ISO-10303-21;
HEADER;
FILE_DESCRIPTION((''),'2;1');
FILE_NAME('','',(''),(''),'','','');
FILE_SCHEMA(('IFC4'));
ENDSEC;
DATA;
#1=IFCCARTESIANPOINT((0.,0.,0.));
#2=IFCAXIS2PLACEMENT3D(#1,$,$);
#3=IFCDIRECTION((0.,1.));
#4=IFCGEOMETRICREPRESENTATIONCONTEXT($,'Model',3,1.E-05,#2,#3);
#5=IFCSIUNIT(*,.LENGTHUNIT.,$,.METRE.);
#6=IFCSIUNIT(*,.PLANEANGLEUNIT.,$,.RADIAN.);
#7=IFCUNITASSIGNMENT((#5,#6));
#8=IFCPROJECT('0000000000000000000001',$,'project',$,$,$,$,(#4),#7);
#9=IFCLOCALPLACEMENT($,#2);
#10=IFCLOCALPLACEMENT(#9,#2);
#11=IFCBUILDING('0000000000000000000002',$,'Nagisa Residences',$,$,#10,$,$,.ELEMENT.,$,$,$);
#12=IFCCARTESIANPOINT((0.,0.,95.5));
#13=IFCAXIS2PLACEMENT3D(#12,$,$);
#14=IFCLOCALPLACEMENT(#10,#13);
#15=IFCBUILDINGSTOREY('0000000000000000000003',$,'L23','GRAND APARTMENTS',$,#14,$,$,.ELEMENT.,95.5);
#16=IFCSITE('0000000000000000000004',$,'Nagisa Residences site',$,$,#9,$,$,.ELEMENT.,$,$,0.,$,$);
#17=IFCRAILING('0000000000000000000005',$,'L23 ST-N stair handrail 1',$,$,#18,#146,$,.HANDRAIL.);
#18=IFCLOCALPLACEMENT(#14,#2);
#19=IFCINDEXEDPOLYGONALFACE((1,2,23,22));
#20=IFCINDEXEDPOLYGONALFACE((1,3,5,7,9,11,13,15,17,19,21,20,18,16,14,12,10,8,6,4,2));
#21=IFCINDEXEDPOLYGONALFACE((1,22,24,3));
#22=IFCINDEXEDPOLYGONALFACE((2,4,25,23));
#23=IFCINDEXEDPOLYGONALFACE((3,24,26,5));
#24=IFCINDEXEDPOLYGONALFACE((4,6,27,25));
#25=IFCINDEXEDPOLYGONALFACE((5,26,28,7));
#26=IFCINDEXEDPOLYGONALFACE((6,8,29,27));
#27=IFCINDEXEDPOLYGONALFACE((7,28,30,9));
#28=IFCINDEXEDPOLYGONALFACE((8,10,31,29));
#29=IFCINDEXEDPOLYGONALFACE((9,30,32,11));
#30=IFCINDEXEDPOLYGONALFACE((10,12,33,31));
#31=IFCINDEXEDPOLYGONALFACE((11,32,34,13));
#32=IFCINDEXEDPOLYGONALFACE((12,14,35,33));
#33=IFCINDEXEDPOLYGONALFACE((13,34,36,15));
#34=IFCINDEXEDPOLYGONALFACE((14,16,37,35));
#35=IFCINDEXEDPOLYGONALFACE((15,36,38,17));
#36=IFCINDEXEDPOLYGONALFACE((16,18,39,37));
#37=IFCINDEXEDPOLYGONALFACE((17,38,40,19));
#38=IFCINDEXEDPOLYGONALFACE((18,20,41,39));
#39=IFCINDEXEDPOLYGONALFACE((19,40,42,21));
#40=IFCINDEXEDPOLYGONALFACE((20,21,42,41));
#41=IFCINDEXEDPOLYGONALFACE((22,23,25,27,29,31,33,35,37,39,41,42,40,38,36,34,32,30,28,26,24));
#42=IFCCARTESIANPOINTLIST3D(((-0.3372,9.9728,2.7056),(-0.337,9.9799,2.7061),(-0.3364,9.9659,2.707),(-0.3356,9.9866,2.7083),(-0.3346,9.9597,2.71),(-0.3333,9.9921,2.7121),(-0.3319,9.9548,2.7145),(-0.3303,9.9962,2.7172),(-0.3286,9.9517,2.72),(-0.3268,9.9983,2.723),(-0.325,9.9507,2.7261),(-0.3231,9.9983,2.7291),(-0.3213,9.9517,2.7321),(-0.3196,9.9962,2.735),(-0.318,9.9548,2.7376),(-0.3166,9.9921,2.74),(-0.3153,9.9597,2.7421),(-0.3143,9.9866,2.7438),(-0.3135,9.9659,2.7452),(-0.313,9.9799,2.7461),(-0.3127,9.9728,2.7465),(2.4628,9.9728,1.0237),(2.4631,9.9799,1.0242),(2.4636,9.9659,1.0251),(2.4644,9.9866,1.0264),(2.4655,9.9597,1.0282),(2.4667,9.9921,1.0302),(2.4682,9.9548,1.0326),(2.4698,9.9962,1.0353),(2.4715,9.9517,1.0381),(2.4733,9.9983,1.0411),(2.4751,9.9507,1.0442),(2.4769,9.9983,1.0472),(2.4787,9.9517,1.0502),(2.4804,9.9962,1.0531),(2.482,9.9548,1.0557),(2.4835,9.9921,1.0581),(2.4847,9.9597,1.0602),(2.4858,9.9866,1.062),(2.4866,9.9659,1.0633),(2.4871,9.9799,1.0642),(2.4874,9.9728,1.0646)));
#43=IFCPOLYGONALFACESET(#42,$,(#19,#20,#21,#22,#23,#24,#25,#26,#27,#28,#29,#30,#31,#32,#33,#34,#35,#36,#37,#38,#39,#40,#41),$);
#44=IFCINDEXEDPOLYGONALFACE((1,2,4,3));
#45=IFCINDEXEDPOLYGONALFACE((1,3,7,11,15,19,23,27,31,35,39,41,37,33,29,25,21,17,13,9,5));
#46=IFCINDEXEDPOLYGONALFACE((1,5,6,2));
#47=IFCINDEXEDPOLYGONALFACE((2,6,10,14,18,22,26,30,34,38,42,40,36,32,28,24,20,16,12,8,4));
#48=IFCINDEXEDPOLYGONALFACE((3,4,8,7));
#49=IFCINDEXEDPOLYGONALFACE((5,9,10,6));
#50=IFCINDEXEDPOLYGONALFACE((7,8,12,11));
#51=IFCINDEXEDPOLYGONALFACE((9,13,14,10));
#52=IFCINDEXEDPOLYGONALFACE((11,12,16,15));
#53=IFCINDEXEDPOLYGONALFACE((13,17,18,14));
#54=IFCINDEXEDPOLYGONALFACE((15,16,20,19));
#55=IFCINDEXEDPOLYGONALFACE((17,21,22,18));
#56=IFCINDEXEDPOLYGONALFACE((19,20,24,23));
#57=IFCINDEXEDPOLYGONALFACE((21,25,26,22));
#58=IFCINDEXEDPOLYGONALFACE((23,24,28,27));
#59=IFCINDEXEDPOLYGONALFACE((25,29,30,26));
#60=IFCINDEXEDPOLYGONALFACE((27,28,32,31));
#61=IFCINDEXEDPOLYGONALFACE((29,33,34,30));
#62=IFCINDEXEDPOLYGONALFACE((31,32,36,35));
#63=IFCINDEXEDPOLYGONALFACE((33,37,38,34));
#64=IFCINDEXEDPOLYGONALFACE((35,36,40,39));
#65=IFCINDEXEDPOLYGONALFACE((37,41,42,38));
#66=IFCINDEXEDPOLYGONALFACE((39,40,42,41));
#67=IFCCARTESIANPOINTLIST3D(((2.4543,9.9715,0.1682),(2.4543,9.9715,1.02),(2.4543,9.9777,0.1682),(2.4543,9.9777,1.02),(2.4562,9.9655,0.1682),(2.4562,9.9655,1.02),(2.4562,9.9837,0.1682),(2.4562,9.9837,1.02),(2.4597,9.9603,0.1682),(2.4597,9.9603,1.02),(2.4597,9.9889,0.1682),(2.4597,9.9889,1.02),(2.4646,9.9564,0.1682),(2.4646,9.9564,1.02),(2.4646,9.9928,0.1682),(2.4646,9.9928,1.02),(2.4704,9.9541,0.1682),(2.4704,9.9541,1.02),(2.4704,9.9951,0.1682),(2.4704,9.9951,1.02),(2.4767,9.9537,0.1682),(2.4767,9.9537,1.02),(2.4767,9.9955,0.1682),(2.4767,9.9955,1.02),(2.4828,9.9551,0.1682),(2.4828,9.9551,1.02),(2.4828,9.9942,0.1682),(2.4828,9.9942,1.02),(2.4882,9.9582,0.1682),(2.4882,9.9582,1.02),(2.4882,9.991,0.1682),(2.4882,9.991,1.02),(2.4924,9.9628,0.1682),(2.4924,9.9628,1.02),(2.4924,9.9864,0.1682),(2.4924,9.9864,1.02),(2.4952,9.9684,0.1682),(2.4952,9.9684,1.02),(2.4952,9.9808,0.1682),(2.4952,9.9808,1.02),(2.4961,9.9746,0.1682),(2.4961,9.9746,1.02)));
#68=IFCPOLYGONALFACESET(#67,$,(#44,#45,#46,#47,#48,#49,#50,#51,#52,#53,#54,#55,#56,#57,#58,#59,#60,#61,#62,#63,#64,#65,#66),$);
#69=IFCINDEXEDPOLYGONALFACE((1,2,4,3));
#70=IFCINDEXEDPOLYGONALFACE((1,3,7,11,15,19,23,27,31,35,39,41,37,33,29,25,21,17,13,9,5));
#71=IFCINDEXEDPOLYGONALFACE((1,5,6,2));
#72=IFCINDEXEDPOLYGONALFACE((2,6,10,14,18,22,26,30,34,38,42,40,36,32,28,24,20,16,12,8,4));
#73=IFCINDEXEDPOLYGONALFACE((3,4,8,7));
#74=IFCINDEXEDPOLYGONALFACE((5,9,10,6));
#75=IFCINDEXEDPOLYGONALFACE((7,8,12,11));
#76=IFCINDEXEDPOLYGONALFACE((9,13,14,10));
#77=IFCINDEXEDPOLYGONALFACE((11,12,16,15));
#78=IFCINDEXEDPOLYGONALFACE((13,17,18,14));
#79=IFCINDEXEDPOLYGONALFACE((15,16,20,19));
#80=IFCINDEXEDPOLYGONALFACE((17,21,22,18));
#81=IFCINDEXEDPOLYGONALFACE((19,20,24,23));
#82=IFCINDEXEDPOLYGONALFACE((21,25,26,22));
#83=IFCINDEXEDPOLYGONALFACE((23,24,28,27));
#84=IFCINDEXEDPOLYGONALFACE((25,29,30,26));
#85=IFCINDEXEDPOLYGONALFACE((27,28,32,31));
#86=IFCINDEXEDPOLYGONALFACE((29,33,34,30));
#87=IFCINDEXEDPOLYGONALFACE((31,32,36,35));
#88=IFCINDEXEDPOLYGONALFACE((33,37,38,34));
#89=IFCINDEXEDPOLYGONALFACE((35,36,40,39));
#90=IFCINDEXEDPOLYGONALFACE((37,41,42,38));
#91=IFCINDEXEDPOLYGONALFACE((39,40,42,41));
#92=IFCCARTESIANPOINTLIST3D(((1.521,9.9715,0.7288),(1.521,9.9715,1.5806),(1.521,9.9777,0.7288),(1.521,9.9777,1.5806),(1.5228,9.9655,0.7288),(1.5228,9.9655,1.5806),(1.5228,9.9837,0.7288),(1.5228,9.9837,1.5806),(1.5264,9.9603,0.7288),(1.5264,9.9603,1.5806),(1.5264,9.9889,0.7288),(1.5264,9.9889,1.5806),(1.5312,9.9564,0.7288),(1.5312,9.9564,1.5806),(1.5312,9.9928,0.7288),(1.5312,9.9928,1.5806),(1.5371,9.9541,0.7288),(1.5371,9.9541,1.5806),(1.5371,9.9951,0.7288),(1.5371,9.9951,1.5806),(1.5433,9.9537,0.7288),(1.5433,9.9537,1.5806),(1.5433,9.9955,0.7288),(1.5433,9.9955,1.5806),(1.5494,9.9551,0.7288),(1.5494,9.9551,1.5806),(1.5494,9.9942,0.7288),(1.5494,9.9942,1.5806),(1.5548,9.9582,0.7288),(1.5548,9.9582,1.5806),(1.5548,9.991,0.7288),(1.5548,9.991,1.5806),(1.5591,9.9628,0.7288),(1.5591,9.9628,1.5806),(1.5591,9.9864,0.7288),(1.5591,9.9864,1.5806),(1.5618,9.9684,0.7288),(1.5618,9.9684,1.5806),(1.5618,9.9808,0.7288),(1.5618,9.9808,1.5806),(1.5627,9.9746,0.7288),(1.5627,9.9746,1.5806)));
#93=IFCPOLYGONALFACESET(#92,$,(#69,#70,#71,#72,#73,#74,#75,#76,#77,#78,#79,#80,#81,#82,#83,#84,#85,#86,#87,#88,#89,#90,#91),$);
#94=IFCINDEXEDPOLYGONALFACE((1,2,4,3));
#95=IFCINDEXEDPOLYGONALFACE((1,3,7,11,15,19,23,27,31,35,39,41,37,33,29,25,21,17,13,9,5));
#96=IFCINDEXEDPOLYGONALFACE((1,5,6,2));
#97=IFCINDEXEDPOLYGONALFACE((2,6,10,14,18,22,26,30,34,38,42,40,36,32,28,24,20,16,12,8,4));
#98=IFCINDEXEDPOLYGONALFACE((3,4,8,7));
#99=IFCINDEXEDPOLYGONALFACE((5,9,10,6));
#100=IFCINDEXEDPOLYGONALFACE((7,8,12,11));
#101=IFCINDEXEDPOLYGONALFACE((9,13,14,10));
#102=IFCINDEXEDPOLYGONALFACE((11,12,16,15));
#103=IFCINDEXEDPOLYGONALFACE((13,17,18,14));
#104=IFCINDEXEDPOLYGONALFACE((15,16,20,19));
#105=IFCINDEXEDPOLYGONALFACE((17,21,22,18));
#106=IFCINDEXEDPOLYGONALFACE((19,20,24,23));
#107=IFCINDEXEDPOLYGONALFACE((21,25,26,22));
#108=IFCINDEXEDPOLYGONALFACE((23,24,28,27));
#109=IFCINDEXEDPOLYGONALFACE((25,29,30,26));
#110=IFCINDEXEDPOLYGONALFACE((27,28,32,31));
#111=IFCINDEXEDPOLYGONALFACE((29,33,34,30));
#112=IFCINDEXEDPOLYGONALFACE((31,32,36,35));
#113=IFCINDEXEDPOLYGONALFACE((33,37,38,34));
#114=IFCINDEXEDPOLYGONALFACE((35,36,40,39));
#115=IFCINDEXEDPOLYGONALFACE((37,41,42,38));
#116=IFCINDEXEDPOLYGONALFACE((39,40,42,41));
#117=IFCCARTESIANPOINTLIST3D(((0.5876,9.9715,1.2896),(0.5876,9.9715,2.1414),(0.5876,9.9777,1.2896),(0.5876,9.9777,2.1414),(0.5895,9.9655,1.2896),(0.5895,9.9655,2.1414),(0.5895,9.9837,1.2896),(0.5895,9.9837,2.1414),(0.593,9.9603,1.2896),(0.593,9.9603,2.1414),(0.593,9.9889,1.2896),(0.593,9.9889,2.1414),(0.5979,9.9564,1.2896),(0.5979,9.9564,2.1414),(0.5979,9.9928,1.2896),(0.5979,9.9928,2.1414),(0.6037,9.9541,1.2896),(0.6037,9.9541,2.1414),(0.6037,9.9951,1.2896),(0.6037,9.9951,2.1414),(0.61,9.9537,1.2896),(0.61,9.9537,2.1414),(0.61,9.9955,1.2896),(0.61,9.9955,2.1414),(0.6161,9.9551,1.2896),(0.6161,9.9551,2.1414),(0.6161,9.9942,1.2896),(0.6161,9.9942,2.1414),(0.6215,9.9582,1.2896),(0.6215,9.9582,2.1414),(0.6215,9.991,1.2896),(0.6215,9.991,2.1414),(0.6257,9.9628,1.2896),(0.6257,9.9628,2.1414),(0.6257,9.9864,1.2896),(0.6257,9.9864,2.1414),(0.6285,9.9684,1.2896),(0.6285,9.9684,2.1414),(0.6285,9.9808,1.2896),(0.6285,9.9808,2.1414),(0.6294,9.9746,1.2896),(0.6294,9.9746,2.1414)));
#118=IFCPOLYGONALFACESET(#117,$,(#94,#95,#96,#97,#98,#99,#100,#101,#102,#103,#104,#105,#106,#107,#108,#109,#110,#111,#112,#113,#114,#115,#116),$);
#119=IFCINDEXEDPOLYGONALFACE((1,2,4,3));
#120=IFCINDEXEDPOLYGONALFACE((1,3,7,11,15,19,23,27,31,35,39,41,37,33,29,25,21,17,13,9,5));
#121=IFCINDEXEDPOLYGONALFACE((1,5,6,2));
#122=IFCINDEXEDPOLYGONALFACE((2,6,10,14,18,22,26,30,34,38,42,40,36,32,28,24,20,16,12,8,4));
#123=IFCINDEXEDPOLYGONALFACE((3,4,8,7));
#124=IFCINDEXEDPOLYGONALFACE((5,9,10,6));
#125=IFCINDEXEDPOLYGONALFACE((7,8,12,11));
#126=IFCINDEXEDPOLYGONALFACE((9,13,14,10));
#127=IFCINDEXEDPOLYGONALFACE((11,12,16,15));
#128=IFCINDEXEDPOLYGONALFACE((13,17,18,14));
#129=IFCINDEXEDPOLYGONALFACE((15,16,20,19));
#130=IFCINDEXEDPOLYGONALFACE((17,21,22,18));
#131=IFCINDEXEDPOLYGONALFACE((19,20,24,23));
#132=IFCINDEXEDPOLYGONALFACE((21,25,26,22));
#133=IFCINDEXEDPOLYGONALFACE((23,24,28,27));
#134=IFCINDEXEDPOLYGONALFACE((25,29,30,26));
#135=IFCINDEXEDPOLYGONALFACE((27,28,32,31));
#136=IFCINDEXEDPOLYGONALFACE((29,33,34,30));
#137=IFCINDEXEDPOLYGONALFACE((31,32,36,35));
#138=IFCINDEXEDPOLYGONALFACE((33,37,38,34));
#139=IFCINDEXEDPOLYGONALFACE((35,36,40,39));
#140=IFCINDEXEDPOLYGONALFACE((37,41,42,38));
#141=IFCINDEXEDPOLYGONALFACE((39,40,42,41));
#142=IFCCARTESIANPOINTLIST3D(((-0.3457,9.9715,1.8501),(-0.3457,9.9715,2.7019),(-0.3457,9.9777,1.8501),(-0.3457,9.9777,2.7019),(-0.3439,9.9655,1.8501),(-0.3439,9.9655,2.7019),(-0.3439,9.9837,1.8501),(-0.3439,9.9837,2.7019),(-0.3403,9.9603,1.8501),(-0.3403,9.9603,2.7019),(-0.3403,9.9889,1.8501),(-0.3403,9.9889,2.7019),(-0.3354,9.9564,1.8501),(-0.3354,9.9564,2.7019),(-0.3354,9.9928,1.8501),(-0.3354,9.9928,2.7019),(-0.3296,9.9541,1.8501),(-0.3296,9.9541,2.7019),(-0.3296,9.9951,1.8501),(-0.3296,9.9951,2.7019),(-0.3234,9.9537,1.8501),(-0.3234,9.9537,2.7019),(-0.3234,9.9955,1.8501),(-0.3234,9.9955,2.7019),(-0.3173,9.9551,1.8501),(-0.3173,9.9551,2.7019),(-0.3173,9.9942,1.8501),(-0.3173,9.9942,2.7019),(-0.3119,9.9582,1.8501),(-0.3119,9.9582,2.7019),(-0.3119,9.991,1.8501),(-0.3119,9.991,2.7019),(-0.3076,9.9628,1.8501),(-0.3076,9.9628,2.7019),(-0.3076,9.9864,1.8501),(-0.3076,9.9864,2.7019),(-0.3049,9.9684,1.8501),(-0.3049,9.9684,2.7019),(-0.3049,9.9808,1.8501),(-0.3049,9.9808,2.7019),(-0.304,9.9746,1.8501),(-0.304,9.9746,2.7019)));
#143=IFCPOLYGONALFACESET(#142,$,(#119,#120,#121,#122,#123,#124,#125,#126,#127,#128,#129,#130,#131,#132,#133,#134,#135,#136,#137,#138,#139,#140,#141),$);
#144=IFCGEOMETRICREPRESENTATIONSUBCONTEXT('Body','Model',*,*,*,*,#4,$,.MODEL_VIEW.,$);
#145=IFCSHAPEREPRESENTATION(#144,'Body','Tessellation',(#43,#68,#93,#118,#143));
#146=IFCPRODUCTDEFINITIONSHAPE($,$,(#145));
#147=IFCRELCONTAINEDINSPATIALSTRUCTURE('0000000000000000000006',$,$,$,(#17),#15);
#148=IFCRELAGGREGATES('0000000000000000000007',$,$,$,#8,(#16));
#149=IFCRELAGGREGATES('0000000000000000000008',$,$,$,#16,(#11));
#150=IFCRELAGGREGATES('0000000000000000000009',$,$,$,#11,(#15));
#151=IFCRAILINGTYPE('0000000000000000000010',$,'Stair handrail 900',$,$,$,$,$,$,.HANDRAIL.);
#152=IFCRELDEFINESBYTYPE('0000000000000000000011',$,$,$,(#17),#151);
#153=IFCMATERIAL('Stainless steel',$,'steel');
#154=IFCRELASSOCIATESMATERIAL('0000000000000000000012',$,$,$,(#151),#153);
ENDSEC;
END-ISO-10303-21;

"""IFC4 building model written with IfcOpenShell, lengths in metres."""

from ifc_helpers import new_model, si_unit, direction, frame, origin, origin_2d, place, context, subcontext, project, spatial, circle, extrude, material, type_object, element, save


model = new_model("IFC4")

# Units and contexts
model_context = context("Model", 3, precision=1e-05, world=origin(), true_north=direction((0.0, 1.0)))
body_context = subcontext(model_context, "Body", "Model", "MODEL_VIEW")
ifc_project = project(units=[si_unit("LENGTHUNIT", "METRE"), si_unit("PLANEANGLEUNIT", "RADIAN")], contexts=[model_context])

# Site, building, storey
site_placement = place(None, origin())
site = spatial("IfcSite", under=ifc_project, at=site_placement, Name="Nagisa Residences site", CompositionType="ELEMENT", RefElevation=0.0)
building_placement = place(site_placement, origin())
building = spatial("IfcBuilding", under=site, at=building_placement, Name="Nagisa Residences", CompositionType="ELEMENT")
storey_placement = place(building_placement, frame((0.0, 0.0, 95.5)))
storey = spatial("IfcBuildingStorey", under=building, at=storey_placement, Name="L23", Description="GRAND APARTMENTS", CompositionType="ELEMENT", Elevation=95.5)

# Railing
ifc_material_1 = material(Name="Stainless steel", Category="steel")
railing_type_1 = type_object("IfcRailingType", Name="Stair handrail 900", PredefinedType="HANDRAIL", material=ifc_material_1)
railing_1_placement = place(storey_placement, frame((2.4751, 9.9746, 0.1682)))
element("IfcRailing", 1, at=railing_1_placement, inside=storey, type_object=railing_type_1, Name="L23 ST-N stair handrail 1", PredefinedType="HANDRAIL", context=body_context, shape_type="SweptSolid", body=[
    extrude(circle(Radius=0.0239, at=origin_2d()), frame((0.0, 0.0, 0.876), z_axis=(-0.857242, 0.0, 0.514913), x_axis=(0.0, -1.0, 0.0)), (0.0, 0.0, 1.0), 3.2664),
    extrude(circle(Radius=0.021, at=origin_2d()), origin(), (0.0, 0.0, 1.0), 0.8518),
    extrude(circle(Radius=0.021, at=origin_2d()), frame((-0.9333, 0.0, 0.5605)), (0.0, 0.0, 1.0), 0.8518),
    extrude(circle(Radius=0.021, at=origin_2d()), frame((-1.8667, 0.0, 1.1213)), (0.0, 0.0, 1.0), 0.8518),
    extrude(circle(Radius=0.021, at=origin_2d()), frame((-2.8, 0.0, 1.6819)), (0.0, 0.0, 1.0), 0.8518),
])

save(model, "model.ifc")
